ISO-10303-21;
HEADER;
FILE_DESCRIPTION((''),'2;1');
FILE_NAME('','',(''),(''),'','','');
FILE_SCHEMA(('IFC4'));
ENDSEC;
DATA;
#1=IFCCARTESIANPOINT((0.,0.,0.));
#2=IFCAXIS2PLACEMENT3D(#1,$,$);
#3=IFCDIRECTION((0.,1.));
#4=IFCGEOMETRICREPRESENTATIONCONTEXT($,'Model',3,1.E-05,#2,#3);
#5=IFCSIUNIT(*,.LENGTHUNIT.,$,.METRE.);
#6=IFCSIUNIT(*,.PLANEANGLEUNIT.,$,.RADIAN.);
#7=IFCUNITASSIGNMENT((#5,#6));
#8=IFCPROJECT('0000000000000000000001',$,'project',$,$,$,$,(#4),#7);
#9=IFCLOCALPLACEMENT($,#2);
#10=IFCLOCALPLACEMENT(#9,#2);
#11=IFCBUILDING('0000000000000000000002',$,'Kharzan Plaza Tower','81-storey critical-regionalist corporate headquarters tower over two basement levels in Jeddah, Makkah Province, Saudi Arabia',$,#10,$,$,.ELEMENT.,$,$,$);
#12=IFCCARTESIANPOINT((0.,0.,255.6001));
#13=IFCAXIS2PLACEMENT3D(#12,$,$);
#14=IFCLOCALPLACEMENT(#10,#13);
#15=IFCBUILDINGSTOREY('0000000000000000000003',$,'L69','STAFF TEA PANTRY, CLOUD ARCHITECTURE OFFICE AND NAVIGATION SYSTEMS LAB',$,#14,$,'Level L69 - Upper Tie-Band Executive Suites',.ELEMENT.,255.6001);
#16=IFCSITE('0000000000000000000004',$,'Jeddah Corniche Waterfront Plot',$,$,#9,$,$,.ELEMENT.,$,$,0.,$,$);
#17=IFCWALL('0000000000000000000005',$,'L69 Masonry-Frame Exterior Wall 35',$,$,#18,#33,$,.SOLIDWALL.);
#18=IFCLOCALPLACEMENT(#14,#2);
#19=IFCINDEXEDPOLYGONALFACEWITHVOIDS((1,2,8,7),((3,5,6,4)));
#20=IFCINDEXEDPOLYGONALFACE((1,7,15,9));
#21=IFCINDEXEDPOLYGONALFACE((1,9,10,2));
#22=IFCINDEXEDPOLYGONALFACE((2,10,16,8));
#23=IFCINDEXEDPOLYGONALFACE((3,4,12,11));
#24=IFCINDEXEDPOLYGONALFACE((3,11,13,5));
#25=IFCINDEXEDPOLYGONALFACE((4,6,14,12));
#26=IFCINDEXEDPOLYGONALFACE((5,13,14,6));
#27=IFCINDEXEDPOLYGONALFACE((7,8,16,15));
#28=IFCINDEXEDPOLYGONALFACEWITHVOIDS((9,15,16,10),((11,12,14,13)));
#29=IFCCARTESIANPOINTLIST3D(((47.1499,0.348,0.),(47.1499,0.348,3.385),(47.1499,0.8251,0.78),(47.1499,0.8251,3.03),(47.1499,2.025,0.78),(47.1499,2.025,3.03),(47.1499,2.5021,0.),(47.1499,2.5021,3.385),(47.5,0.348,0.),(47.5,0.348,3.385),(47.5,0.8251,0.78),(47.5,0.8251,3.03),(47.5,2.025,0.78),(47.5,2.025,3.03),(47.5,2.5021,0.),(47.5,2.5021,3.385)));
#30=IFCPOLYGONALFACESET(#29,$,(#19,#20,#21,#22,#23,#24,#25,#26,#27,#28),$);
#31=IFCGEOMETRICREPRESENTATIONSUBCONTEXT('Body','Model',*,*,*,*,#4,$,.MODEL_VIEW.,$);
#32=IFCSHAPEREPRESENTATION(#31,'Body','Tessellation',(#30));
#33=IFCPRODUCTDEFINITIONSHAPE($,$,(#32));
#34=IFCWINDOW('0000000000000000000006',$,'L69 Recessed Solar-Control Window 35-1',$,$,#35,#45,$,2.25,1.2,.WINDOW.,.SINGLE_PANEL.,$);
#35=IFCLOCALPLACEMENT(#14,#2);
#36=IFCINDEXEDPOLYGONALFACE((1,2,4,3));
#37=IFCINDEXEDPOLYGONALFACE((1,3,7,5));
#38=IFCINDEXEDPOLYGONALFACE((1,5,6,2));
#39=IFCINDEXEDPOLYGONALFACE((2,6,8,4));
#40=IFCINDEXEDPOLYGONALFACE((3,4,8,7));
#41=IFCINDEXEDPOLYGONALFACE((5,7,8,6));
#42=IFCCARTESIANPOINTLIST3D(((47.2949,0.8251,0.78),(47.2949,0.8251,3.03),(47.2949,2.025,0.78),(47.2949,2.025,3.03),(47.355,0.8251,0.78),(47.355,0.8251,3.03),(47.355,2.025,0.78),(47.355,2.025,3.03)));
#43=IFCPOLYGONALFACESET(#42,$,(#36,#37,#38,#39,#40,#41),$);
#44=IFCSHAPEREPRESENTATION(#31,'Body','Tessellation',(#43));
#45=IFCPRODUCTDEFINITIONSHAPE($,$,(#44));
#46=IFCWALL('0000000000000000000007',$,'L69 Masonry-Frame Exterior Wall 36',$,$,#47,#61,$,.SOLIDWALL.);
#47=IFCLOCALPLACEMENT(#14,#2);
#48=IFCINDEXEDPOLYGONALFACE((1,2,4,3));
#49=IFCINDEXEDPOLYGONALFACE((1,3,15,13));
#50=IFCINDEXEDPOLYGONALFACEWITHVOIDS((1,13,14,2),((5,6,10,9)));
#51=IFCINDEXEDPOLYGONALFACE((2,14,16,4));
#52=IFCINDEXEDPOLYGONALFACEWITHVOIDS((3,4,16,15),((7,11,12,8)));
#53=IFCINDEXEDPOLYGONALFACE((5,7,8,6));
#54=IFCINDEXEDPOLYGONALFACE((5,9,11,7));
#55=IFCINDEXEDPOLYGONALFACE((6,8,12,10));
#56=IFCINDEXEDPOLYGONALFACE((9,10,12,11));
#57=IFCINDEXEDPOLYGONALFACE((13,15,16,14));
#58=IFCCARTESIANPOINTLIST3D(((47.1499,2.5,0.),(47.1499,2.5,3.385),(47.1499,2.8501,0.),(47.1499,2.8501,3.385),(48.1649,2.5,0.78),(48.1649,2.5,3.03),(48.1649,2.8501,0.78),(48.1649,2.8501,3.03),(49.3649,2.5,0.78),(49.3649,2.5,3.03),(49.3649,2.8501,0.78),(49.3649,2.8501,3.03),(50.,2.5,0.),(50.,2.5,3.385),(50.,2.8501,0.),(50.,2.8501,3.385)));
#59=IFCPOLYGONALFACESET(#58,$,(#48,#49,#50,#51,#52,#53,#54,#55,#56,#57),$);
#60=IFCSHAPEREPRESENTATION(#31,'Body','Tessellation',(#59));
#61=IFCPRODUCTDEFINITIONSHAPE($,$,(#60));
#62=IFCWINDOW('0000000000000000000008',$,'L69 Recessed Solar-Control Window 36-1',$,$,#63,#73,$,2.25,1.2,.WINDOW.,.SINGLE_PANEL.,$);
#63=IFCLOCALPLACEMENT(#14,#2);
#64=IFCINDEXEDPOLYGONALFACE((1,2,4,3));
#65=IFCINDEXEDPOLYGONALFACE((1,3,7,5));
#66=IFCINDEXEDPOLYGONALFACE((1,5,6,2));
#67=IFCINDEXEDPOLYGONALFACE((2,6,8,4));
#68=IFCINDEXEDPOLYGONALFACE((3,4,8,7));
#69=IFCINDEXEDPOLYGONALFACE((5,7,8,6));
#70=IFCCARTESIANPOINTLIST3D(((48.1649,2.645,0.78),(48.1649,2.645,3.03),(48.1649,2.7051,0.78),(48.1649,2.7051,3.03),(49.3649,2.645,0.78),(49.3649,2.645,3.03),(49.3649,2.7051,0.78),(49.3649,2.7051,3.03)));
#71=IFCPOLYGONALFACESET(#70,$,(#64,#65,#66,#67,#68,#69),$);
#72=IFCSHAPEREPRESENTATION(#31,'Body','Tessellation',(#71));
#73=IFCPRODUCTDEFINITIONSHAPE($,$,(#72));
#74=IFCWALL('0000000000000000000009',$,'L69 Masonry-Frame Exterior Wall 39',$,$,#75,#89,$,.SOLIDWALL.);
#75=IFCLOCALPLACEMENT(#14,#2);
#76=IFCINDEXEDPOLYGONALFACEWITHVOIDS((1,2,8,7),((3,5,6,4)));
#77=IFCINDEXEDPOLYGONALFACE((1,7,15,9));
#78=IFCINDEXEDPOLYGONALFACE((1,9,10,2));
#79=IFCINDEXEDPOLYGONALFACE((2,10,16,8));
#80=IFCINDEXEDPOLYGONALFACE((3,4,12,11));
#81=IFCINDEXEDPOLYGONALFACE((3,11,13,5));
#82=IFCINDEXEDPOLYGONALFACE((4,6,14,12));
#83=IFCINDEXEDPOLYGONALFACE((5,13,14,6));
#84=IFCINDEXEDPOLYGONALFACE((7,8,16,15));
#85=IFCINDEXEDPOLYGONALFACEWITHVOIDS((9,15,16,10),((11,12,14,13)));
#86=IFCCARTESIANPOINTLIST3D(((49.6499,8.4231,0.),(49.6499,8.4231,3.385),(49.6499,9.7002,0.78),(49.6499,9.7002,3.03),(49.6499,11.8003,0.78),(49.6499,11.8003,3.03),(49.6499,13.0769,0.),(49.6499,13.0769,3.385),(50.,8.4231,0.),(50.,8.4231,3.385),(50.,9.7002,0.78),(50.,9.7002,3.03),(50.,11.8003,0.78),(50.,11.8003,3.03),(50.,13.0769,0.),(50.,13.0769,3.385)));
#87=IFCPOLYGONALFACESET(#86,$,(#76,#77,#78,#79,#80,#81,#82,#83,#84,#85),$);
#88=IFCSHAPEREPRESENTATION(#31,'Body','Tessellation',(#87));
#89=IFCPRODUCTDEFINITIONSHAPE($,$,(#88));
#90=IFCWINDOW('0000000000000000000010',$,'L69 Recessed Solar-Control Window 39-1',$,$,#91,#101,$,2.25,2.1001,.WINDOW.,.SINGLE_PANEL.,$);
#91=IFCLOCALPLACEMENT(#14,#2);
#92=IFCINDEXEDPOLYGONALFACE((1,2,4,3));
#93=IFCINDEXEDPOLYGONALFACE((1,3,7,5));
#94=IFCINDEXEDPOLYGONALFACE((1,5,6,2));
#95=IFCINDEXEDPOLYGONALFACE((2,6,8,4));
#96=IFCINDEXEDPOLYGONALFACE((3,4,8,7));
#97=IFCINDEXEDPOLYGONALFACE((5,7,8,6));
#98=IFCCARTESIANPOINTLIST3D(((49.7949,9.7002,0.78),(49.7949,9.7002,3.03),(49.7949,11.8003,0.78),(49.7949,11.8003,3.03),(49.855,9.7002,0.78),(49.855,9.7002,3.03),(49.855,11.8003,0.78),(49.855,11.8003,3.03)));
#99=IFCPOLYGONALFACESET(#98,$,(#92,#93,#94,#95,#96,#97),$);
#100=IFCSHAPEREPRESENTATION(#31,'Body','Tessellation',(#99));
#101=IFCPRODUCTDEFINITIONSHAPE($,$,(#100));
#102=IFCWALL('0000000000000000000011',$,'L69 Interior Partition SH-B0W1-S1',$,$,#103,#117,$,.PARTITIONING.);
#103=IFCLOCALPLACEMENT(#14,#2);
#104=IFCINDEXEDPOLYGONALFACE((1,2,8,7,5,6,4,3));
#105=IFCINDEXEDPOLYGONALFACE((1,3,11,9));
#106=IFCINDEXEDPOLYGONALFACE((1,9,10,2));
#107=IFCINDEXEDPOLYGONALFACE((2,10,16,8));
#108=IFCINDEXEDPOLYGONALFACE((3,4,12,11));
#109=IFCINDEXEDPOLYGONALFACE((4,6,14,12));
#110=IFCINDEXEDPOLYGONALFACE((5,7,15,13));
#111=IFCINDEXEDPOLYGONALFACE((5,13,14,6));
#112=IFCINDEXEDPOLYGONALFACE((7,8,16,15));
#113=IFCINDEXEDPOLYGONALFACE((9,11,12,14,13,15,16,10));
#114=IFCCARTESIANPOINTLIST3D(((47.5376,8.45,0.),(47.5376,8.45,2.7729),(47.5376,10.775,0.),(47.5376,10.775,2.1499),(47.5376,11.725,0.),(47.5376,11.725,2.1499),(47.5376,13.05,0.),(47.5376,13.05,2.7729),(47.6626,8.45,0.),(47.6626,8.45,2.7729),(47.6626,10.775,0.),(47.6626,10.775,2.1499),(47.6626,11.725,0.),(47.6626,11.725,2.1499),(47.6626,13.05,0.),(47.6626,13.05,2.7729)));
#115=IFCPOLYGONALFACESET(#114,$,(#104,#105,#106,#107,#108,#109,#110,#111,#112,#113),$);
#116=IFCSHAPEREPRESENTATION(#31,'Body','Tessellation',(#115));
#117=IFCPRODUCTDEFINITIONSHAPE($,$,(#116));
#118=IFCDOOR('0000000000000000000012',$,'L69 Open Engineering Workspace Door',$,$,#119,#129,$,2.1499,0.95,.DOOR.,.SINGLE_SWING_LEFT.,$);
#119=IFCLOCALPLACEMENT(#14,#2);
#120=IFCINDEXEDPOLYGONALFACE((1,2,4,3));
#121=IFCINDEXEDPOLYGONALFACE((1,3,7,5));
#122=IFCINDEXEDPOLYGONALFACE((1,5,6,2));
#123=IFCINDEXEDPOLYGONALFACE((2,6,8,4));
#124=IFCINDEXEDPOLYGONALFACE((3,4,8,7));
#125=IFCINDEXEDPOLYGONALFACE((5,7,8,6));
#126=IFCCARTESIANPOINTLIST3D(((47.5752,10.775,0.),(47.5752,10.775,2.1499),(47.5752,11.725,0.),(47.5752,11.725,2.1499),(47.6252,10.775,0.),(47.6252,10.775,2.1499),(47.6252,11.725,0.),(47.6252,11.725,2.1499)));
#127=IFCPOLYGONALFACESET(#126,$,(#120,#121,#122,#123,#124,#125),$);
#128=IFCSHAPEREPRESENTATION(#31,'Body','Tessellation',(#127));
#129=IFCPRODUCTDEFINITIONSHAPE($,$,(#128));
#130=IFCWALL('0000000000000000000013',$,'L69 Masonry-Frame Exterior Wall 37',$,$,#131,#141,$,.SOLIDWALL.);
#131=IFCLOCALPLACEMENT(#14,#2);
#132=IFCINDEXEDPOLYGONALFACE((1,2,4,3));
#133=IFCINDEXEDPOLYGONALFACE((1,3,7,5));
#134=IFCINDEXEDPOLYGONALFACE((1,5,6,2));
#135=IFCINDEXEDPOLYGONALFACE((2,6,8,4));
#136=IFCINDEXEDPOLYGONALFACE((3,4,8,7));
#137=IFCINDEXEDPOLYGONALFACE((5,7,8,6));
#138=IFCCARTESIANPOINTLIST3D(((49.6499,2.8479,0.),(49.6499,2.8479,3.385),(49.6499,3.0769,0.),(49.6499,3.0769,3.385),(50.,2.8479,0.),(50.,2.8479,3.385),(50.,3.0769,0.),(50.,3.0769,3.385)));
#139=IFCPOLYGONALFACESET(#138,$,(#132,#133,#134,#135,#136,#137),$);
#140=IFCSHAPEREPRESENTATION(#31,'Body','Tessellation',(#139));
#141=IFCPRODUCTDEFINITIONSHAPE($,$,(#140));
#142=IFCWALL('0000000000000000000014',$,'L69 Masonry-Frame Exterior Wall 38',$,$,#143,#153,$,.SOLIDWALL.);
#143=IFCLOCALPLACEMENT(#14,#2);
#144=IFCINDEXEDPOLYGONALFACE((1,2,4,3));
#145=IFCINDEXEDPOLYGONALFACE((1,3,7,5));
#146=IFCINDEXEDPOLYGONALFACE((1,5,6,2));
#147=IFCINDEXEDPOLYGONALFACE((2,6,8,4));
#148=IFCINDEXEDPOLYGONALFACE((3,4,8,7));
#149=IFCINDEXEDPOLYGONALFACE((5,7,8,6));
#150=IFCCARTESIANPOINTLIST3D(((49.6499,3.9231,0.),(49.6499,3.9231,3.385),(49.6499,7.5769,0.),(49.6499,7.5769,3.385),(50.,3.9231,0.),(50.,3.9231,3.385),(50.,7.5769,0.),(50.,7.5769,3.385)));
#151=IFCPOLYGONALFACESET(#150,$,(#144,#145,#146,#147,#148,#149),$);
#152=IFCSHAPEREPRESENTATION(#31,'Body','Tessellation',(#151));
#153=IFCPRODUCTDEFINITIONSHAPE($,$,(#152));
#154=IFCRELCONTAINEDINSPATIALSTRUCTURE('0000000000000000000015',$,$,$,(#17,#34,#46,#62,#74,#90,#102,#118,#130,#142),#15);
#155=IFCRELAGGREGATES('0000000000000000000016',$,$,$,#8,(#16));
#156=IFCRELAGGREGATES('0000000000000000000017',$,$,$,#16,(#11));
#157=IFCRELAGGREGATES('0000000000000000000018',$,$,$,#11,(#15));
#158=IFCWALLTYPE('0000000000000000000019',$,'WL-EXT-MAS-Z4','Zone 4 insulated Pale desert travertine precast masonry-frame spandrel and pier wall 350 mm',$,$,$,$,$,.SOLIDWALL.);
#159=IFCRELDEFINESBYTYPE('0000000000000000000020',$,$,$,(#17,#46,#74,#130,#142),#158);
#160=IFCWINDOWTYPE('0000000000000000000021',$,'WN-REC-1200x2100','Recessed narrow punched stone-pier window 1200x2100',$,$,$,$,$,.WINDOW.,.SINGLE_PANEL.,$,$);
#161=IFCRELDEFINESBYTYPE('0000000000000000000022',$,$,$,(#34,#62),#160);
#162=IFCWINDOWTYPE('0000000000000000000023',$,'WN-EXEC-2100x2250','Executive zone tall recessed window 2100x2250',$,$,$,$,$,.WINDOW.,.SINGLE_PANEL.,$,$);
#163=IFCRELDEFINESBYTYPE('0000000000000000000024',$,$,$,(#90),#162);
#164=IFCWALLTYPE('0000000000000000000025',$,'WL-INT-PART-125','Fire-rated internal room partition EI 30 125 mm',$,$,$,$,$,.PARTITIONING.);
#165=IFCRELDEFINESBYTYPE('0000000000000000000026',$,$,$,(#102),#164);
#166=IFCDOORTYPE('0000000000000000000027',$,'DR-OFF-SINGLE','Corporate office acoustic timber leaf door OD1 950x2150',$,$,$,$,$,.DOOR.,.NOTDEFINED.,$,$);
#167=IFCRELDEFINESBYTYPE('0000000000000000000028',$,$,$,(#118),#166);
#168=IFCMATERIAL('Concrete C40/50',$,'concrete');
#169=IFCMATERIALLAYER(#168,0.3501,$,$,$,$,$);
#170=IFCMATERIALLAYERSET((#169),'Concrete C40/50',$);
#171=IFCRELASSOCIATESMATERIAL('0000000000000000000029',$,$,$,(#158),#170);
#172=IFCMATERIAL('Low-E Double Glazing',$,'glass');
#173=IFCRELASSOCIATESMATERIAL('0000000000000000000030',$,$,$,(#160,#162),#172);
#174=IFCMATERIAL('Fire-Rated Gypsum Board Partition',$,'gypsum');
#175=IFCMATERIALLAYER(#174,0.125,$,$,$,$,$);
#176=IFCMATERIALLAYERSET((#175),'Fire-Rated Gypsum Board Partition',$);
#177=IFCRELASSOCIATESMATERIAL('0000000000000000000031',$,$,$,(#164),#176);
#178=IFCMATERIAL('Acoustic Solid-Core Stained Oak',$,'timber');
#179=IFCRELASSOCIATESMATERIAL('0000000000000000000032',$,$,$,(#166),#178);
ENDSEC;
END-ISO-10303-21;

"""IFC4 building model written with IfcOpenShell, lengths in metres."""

from ifc_helpers import new_model, si_unit, direction, frame, frame_2d, origin, place, context, subcontext, project, spatial, rectangle, extrude, source, transform, mapped, material, layer, layer_set, type_object, element, fill, save


model = new_model("IFC4")

# Units and contexts
model_context = context("Model", 3, precision=1e-05, world=origin(), true_north=direction((0.0, 1.0)))
body_context = subcontext(model_context, "Body", "Model", "MODEL_VIEW")
ifc_project = project(units=[si_unit("LENGTHUNIT", "METRE"), si_unit("PLANEANGLEUNIT", "RADIAN")], contexts=[model_context])

# Site, building, storey
site_placement = place(None, origin())
site = spatial("IfcSite", under=ifc_project, at=site_placement, Name="Jeddah Corniche Waterfront Plot", CompositionType="ELEMENT", RefElevation=0.0)
building_placement = place(site_placement, origin())
building = spatial("IfcBuilding", under=site, at=building_placement, Name="Kharzan Plaza Tower", Description="81-storey critical-regionalist corporate headquarters tower over two basement levels in Jeddah, Makkah Province, Saudi Arabia", CompositionType="ELEMENT")
storey_placement = place(building_placement, frame((0.0, 0.0, 255.6001)))
storey = spatial("IfcBuildingStorey", under=building, at=storey_placement, Name="L69", Description="STAFF TEA PANTRY, CLOUD ARCHITECTURE OFFICE AND NAVIGATION SYSTEMS LAB", LongName="Level L69 - Upper Tie-Band Executive Suites", CompositionType="ELEMENT", Elevation=255.6001)

# Walls, openings, windows
ifc_material_1 = material(Name="Concrete C40/50", Category="concrete")
ifc_layer_1 = layer(ifc_material_1, 0.3501)
ifc_layer_set_1 = layer_set([ifc_layer_1], Name="Concrete C40/50")
wall_type_1 = type_object("IfcWallType", Name="WL-EXT-MAS-Z4", Description="Zone 4 insulated Pale desert travertine precast masonry-frame spandrel and pier wall 350 mm", PredefinedType="SOLIDWALL", material=ifc_layer_set_1)
wall_1_placement = place(storey_placement, frame((47.325, 0.3479, 0.0), z_axis=(0.0, 0.0, 1.0), x_axis=(0.0, 1.0, 0.0)))
wall_1 = element("IfcWall", 1, at=wall_1_placement, inside=storey, type_object=wall_type_1, Name="L69 Masonry-Frame Exterior Wall 35", PredefinedType="SOLIDWALL", context=body_context, shape_type="SweptSolid", body=[
    extrude(rectangle(XDim=2.1541, YDim=0.3501, at=frame_2d((1.0771, 0.0))), origin(), (0.0, 0.0, 1.0), 3.385),
])
opening_1_placement = place(wall_1_placement, frame((0.4771, 0.0, 0.78)))
opening_1 = element("IfcOpeningElement", 2, at=opening_1_placement, cuts=wall_1, PredefinedType="OPENING", context=body_context, shape_type="SweptSolid", body=[
    extrude(rectangle(XDim=1.2, YDim=2.25, at=frame_2d((0.6001, 1.125))), frame((0.0, 0.1851, 0.0), z_axis=(0.0, -1.0, 0.0), x_axis=(1.0, 0.0, 0.0)), (0.0, 0.0, 1.0), 0.3701),
])
ifc_material_2 = material(Name="Low-E Double Glazing", Category="glass")
window_type_1 = type_object("IfcWindowType", Name="WN-REC-1200x2100", Description="Recessed narrow punched stone-pier window 1200x2100", PartitioningType="SINGLE_PANEL", PredefinedType="WINDOW", material=ifc_material_2)
shared_shape_1 = source(origin(), body_context, "Body", "SweptSolid", [
    extrude(rectangle(XDim=1.2, YDim=2.25, at=frame_2d((0.6001, 1.125))), frame((0.0, 0.03, 0.0), z_axis=(0.0, -1.0, 0.0), x_axis=(1.0, 0.0, 0.0)), (0.0, 0.0, 1.0), 0.0601),
])
window_1_placement = place(opening_1_placement, origin())
window_1 = element("IfcWindow", 3, at=window_1_placement, inside=storey, type_object=window_type_1, Name="L69 Recessed Solar-Control Window 35-1", OverallHeight=2.25, OverallWidth=1.2, PartitioningType="SINGLE_PANEL", PredefinedType="WINDOW", context=body_context, shape_type="MappedRepresentation", body=[
    mapped(shared_shape_1, transform((0.0, 0.0, 0.0), x_axis=(1.0, 0.0, 0.0), y_axis=(0.0, 1.0, 0.0), z_axis=(0.0, 0.0, 1.0))),
])
fill(opening_1, window_1)
wall_2_placement = place(storey_placement, frame((47.1499, 2.675, 0.0), z_axis=(0.0, 0.0, 1.0), x_axis=(1.0, 0.0, 0.0)))
wall_2 = element("IfcWall", 4, at=wall_2_placement, inside=storey, type_object=wall_type_1, Name="L69 Masonry-Frame Exterior Wall 36", PredefinedType="SOLIDWALL", context=body_context, shape_type="SweptSolid", body=[
    extrude(rectangle(XDim=2.8501, YDim=0.3501, at=frame_2d((1.425, 0.0))), origin(), (0.0, 0.0, 1.0), 3.385),
])
opening_2_placement = place(wall_2_placement, frame((1.0149, 0.0, 0.78)))
opening_2 = element("IfcOpeningElement", 5, at=opening_2_placement, cuts=wall_2, PredefinedType="OPENING", context=body_context, shape_type="SweptSolid", body=[
    extrude(rectangle(XDim=1.2, YDim=2.25, at=frame_2d((0.6001, 1.125))), frame((0.0, 0.1851, 0.0), z_axis=(0.0, -1.0, 0.0), x_axis=(1.0, 0.0, 0.0)), (0.0, 0.0, 1.0), 0.3701),
])
window_2_placement = place(opening_2_placement, origin())
window_2 = element("IfcWindow", 6, at=window_2_placement, inside=storey, type_object=window_type_1, Name="L69 Recessed Solar-Control Window 36-1", OverallHeight=2.25, OverallWidth=1.2, PartitioningType="SINGLE_PANEL", PredefinedType="WINDOW", context=body_context, shape_type="MappedRepresentation", body=[
    mapped(shared_shape_1, transform((0.0, 0.0, 0.0), x_axis=(1.0, 0.0, 0.0), y_axis=(0.0, 1.0, 0.0), z_axis=(0.0, 0.0, 1.0))),
])
fill(opening_2, window_2)
wall_3_placement = place(storey_placement, frame((49.825, 8.4231, 0.0), z_axis=(0.0, 0.0, 1.0), x_axis=(0.0, 1.0, 0.0)))
wall_3 = element("IfcWall", 7, at=wall_3_placement, inside=storey, type_object=wall_type_1, Name="L69 Masonry-Frame Exterior Wall 39", PredefinedType="SOLIDWALL", context=body_context, shape_type="SweptSolid", body=[
    extrude(rectangle(XDim=4.6538, YDim=0.3501, at=frame_2d((2.3269, 0.0))), origin(), (0.0, 0.0, 1.0), 3.385),
])
opening_3_placement = place(wall_3_placement, frame((1.2771, 0.0, 0.78)))
opening_3 = element("IfcOpeningElement", 8, at=opening_3_placement, cuts=wall_3, PredefinedType="OPENING", context=body_context, shape_type="SweptSolid", body=[
    extrude(rectangle(XDim=2.1001, YDim=2.25, at=frame_2d((1.05, 1.125))), frame((0.0, 0.1851, 0.0), z_axis=(0.0, -1.0, 0.0), x_axis=(1.0, 0.0, 0.0)), (0.0, 0.0, 1.0), 0.3701),
])
window_type_2 = type_object("IfcWindowType", Name="WN-EXEC-2100x2250", Description="Executive zone tall recessed window 2100x2250", PartitioningType="SINGLE_PANEL", PredefinedType="WINDOW", material=ifc_material_2)
shared_shape_2 = source(origin(), body_context, "Body", "SweptSolid", [
    extrude(rectangle(XDim=2.1001, YDim=2.25, at=frame_2d((1.05, 1.125))), frame((0.0, 0.03, 0.0), z_axis=(0.0, -1.0, 0.0), x_axis=(1.0, 0.0, 0.0)), (0.0, 0.0, 1.0), 0.0601),
])
window_3_placement = place(opening_3_placement, origin())
window_3 = element("IfcWindow", 9, at=window_3_placement, inside=storey, type_object=window_type_2, Name="L69 Recessed Solar-Control Window 39-1", OverallHeight=2.25, OverallWidth=2.1001, PartitioningType="SINGLE_PANEL", PredefinedType="WINDOW", context=body_context, shape_type="MappedRepresentation", body=[
    mapped(shared_shape_2, transform((0.0, 0.0, 0.0), x_axis=(1.0, 0.0, 0.0), y_axis=(0.0, 1.0, 0.0), z_axis=(0.0, 0.0, 1.0))),
])
fill(opening_3, window_3)

# Wall, opening, door
ifc_material_3 = material(Name="Fire-Rated Gypsum Board Partition", Category="gypsum")
ifc_layer_2 = layer(ifc_material_3, 0.125)
ifc_layer_set_2 = layer_set([ifc_layer_2], Name="Fire-Rated Gypsum Board Partition")
wall_type_2 = type_object("IfcWallType", Name="WL-INT-PART-125", Description="Fire-rated internal room partition EI 30 125 mm", PredefinedType="PARTITIONING", material=ifc_layer_set_2)
ifc_material_4 = material(Name="Acoustic Solid-Core Stained Oak", Category="timber")
door_type_1 = type_object("IfcDoorType", Name="DR-OFF-SINGLE", Description="Corporate office acoustic timber leaf door OD1 950x2150", OperationType="NOTDEFINED", PredefinedType="DOOR", material=ifc_material_4)
shared_shape_3 = source(origin(), body_context, "Body", "SweptSolid", [
    extrude(rectangle(XDim=0.95, YDim=2.1499, at=frame_2d((0.4751, 1.075))), frame((0.0, 0.0249, 0.0), z_axis=(0.0, -1.0, 0.0), x_axis=(1.0, 0.0, 0.0)), (0.0, 0.0, 1.0), 0.05),
])
wall_4_placement = place(storey_placement, frame((47.6001, 8.45, 0.0), z_axis=(0.0, 0.0, 1.0), x_axis=(0.0, 1.0, 0.0)))
wall_4 = element("IfcWall", 10, at=wall_4_placement, inside=storey, type_object=wall_type_2, Name="L69 Interior Partition SH-B0W1-S1", PredefinedType="PARTITIONING", context=body_context, shape_type="SweptSolid", body=[
    extrude(rectangle(XDim=4.6001, YDim=0.125, at=frame_2d((2.3, 0.0))), origin(), (0.0, 0.0, 1.0), 2.7729),
])
opening_4_placement = place(wall_4_placement, frame((2.325, 0.0, 0.0)))
opening_4 = element("IfcOpeningElement", 11, at=opening_4_placement, cuts=wall_4, PredefinedType="OPENING", context=body_context, shape_type="SweptSolid", body=[
    extrude(rectangle(XDim=0.95, YDim=2.1499, at=frame_2d((0.4751, 1.075))), frame((0.0, 0.0725, 0.0), z_axis=(0.0, -1.0, 0.0), x_axis=(1.0, 0.0, 0.0)), (0.0, 0.0, 1.0), 0.145),
])
door_1_placement = place(opening_4_placement, origin())
door_1 = element("IfcDoor", 12, at=door_1_placement, inside=storey, type_object=door_type_1, Name="L69 Open Engineering Workspace Door", OperationType="SINGLE_SWING_LEFT", OverallHeight=2.1499, OverallWidth=0.95, PredefinedType="DOOR", context=body_context, shape_type="MappedRepresentation", body=[
    mapped(shared_shape_3, transform((0.0, 0.0, 0.0), x_axis=(1.0, 0.0, 0.0), y_axis=(0.0, 1.0, 0.0), z_axis=(0.0, 0.0, 1.0))),
])
fill(opening_4, door_1)

# Walls
shared_shape_4 = source(origin(), body_context, "Body", "SweptSolid", [
    extrude(rectangle(XDim=0.229, YDim=0.3501, at=frame_2d((0.1145, 0.0))), origin(), (0.0, 0.0, 1.0), 3.385),
])
wall_5_placement = place(storey_placement, frame((49.825, 2.8479, 0.0), z_axis=(0.0, 0.0, 1.0), x_axis=(0.0, 1.0, 0.0)))
element("IfcWall", 13, at=wall_5_placement, inside=storey, type_object=wall_type_1, Name="L69 Masonry-Frame Exterior Wall 37", PredefinedType="SOLIDWALL", context=body_context, shape_type="MappedRepresentation", body=[
    mapped(shared_shape_4, transform((0.0, 0.0, 0.0), x_axis=(1.0, 0.0, 0.0), y_axis=(0.0, 1.0, 0.0), z_axis=(0.0, 0.0, 1.0))),
])
shared_shape_5 = source(origin(), body_context, "Body", "SweptSolid", [
    extrude(rectangle(XDim=3.6538, YDim=0.3501, at=frame_2d((1.8269, 0.0))), origin(), (0.0, 0.0, 1.0), 3.385),
])
wall_6_placement = place(storey_placement, frame((49.825, 3.9231, 0.0), z_axis=(0.0, 0.0, 1.0), x_axis=(0.0, 1.0, 0.0)))
element("IfcWall", 14, at=wall_6_placement, inside=storey, type_object=wall_type_1, Name="L69 Masonry-Frame Exterior Wall 38", PredefinedType="SOLIDWALL", context=body_context, shape_type="MappedRepresentation", body=[
    mapped(shared_shape_5, transform((0.0, 0.0, 0.0), x_axis=(1.0, 0.0, 0.0), y_axis=(0.0, 1.0, 0.0), z_axis=(0.0, 0.0, 1.0))),
])

save(model, "model.ifc")
